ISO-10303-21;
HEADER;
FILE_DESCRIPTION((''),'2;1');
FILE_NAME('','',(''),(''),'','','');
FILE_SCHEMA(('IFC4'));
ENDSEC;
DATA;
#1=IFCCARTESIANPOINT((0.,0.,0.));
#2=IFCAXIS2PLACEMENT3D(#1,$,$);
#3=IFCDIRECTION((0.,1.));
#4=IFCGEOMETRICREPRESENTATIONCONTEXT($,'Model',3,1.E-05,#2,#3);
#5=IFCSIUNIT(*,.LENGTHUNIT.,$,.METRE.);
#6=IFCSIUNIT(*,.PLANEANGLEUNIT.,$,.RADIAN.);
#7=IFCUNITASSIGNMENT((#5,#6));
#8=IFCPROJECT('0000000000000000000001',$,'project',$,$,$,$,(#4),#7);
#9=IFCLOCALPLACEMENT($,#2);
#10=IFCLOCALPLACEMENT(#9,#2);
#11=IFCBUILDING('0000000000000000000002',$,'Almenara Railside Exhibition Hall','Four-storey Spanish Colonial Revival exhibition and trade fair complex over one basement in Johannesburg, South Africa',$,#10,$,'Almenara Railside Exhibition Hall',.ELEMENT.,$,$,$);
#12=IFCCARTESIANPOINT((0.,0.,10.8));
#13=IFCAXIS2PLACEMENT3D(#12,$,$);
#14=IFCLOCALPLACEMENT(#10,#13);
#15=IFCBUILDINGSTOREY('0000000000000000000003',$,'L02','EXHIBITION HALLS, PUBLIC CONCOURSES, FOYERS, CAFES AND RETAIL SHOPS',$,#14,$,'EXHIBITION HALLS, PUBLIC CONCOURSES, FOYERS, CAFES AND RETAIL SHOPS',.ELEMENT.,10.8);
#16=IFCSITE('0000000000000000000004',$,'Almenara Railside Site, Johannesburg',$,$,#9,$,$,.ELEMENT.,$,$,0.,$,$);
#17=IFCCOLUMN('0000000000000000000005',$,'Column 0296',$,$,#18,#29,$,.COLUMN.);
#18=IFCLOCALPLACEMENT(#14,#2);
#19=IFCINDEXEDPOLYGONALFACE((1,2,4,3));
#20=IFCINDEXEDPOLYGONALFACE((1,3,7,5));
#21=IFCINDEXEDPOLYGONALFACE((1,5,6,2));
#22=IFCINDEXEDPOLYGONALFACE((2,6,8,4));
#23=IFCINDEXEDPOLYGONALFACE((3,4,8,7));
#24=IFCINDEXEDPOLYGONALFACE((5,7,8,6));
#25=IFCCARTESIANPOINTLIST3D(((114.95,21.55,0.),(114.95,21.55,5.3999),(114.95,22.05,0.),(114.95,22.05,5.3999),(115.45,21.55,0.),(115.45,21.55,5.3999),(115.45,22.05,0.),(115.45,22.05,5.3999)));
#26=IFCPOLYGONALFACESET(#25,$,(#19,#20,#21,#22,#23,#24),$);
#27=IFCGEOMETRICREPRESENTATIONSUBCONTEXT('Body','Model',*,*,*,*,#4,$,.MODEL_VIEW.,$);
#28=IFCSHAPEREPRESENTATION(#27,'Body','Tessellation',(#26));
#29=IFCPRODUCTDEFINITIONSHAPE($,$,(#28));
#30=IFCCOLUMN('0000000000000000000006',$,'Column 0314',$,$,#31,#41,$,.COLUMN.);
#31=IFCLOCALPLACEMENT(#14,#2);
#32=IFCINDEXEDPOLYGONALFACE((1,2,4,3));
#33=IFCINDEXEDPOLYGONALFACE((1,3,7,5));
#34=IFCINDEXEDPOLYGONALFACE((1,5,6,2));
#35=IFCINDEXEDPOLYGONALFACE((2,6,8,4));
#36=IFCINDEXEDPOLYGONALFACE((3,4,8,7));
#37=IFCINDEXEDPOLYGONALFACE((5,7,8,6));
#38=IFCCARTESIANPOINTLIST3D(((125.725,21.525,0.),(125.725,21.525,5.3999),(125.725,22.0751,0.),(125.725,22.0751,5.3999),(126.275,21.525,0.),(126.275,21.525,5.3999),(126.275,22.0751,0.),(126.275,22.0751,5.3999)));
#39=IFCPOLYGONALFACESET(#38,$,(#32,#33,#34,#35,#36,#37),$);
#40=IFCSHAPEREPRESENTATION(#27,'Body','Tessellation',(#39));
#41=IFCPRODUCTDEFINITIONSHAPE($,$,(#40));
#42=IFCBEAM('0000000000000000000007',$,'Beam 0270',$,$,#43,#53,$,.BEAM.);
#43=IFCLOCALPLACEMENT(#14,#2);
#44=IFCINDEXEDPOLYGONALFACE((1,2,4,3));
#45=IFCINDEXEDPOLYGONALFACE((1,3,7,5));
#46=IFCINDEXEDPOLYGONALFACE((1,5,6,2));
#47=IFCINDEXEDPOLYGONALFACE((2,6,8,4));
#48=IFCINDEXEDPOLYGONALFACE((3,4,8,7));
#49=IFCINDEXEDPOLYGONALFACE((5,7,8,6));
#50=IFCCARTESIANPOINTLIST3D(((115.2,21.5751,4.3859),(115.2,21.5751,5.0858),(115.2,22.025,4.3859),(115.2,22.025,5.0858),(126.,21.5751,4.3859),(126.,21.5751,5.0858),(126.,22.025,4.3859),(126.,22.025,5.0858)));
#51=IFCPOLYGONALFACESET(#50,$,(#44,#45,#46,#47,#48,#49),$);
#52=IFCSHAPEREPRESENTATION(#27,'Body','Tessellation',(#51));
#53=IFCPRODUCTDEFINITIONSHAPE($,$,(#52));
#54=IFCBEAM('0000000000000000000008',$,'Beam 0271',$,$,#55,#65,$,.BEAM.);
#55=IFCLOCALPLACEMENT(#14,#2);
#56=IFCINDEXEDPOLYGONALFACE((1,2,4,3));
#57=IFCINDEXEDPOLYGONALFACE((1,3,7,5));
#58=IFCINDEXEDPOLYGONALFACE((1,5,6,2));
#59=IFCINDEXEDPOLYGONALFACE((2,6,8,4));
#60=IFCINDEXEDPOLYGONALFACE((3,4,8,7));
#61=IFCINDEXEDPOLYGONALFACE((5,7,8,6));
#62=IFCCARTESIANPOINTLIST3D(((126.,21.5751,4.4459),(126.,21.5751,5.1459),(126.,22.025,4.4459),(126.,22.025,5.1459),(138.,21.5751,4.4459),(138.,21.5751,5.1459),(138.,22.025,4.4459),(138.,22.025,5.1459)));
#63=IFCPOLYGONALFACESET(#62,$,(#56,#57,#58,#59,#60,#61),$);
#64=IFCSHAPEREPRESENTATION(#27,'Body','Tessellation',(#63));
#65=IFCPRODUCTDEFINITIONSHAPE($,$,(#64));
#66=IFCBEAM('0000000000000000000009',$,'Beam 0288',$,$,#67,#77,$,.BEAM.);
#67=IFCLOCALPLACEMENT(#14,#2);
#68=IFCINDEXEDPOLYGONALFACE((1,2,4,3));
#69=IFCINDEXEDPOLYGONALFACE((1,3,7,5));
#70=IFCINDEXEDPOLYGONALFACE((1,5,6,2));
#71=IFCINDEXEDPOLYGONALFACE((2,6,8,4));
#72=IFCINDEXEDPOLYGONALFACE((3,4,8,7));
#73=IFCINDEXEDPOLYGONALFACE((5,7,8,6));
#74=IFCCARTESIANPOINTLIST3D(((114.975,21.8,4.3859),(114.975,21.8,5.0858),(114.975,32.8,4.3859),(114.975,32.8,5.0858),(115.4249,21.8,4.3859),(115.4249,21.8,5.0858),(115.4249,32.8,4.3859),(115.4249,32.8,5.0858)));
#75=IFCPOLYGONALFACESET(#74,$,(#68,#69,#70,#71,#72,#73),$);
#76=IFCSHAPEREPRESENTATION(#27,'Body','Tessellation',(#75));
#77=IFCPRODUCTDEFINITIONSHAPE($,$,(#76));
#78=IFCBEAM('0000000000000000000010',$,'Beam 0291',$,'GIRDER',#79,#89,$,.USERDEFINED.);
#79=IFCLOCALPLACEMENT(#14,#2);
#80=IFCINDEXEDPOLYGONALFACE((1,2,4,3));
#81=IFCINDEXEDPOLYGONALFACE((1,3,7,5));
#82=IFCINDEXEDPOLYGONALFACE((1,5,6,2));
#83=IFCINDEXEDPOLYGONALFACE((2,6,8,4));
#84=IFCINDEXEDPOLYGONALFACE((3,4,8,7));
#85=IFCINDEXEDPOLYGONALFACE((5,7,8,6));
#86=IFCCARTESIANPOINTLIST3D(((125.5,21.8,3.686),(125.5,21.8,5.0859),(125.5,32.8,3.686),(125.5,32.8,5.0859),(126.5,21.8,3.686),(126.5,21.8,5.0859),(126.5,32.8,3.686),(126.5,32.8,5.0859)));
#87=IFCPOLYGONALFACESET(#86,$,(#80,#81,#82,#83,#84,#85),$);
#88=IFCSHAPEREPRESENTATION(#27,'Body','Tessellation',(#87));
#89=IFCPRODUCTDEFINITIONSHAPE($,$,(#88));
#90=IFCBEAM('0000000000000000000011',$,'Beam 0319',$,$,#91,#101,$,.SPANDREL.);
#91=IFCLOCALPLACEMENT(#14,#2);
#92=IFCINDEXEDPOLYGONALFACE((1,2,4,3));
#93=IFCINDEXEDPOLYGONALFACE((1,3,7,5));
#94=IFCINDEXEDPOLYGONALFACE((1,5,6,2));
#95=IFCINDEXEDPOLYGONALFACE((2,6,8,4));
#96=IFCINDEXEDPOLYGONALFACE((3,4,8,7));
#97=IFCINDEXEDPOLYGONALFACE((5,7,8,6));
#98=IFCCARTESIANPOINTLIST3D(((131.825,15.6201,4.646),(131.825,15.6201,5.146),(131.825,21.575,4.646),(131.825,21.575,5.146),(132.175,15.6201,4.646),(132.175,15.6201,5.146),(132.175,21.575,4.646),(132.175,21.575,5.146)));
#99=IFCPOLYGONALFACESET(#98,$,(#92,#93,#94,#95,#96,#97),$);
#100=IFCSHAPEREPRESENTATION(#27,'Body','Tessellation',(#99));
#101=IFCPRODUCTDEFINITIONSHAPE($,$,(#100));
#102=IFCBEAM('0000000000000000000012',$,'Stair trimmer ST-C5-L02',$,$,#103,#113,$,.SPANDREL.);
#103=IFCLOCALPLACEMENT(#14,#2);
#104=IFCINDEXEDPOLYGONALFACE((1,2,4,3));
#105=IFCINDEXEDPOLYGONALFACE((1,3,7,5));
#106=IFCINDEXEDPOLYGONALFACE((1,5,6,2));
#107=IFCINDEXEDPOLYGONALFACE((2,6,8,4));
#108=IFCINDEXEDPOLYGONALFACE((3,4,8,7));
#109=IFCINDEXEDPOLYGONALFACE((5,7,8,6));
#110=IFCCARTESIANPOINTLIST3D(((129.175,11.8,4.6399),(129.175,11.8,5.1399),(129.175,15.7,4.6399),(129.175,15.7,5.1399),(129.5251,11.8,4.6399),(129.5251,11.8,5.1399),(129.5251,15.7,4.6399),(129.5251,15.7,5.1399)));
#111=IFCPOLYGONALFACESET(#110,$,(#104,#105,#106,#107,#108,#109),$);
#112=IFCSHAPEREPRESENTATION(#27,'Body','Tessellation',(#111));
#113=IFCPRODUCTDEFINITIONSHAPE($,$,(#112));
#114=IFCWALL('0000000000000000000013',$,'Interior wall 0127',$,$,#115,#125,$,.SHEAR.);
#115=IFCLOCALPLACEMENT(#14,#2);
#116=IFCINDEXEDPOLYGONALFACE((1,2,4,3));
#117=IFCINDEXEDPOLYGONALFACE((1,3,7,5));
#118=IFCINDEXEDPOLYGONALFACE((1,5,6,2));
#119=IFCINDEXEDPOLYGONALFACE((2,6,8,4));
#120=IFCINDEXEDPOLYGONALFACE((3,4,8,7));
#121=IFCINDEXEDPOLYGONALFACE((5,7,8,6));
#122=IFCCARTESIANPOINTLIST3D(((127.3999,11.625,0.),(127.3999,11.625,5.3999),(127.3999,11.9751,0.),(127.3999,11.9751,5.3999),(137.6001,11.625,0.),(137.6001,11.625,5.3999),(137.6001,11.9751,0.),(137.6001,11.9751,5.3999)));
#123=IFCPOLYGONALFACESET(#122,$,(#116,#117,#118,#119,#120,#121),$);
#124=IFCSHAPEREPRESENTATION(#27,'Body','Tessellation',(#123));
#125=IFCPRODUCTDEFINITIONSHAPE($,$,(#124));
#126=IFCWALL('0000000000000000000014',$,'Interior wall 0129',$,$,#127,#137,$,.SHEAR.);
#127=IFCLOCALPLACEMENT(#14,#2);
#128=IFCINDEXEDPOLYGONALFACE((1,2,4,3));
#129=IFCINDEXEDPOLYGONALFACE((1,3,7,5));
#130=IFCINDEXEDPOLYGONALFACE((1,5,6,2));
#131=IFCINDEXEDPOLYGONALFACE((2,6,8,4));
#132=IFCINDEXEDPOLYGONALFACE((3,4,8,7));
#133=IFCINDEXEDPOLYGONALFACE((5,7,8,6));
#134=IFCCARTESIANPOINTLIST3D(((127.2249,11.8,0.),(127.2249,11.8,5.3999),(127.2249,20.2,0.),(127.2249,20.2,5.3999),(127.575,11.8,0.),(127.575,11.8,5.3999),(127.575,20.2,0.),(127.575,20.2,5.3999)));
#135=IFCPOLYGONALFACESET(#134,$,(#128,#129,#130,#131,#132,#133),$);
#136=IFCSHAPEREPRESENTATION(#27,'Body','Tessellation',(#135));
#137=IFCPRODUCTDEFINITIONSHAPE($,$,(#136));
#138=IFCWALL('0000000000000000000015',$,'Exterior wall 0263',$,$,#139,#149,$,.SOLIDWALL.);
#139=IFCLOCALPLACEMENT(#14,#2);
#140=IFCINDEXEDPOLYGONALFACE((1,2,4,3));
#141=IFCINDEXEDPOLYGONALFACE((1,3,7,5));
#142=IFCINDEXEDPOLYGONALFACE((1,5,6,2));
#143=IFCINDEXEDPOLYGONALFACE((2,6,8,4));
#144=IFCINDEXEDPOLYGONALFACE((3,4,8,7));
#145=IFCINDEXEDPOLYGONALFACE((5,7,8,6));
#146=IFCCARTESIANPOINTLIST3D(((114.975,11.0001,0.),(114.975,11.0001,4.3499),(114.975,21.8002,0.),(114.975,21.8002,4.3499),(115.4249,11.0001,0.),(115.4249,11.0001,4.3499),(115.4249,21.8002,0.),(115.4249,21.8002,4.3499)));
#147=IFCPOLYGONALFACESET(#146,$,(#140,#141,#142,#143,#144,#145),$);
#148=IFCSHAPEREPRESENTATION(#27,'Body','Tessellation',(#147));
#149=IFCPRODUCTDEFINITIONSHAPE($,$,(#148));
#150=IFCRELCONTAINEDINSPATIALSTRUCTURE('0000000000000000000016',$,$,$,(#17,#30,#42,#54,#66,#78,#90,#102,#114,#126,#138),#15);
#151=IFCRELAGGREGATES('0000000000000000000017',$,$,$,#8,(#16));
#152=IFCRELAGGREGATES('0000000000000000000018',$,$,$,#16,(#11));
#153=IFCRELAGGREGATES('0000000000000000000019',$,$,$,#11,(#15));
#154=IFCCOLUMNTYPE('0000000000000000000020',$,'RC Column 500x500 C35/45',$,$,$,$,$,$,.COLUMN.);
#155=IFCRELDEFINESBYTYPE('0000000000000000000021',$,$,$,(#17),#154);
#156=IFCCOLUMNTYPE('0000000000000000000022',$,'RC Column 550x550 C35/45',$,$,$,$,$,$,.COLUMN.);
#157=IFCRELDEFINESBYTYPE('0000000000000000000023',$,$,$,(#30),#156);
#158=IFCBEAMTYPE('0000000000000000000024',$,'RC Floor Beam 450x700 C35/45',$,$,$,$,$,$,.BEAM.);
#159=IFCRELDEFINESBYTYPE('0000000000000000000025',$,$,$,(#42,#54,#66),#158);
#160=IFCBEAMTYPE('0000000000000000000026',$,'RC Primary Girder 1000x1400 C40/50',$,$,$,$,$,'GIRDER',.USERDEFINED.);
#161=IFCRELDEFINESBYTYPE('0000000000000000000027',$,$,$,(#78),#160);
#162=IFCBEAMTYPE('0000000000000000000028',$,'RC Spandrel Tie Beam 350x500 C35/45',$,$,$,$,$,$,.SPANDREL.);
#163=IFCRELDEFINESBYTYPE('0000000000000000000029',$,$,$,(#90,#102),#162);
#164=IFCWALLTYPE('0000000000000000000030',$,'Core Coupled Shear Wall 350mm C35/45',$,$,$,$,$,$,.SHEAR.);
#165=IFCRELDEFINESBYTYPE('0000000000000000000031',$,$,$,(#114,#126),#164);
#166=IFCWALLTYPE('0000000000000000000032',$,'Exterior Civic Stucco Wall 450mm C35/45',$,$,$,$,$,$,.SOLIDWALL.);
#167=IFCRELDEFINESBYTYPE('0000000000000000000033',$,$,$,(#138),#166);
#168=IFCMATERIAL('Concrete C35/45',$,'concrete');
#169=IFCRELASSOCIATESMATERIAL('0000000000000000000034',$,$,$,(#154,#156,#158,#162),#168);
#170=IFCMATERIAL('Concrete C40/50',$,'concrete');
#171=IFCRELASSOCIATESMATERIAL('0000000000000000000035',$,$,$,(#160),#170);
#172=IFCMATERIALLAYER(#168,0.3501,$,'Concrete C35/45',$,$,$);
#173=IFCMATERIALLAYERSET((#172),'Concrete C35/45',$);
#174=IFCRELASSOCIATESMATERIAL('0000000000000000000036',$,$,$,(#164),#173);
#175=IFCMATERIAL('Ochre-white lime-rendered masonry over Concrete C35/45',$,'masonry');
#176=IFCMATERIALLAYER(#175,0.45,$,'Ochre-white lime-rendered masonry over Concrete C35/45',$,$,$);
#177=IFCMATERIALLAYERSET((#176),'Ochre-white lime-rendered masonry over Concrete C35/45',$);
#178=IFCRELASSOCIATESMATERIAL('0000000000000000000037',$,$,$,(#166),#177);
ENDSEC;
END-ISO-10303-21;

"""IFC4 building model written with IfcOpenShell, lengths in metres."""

from ifc_helpers import new_model, si_unit, direction, frame, frame_2d, origin, origin_2d, place, context, subcontext, project, spatial, rectangle, extrude, material, layer, layer_set, material_profile, profile_set, type_object, element, save


model = new_model("IFC4")

# Units and contexts
model_context = context("Model", 3, precision=1e-05, world=origin(), true_north=direction((0.0, 1.0)))
body_context = subcontext(model_context, "Body", "Model", "MODEL_VIEW")
ifc_project = project(units=[si_unit("LENGTHUNIT", "METRE"), si_unit("PLANEANGLEUNIT", "RADIAN")], contexts=[model_context])

# Site, building, storey
site_placement = place(None, origin())
site = spatial("IfcSite", under=ifc_project, at=site_placement, Name="Almenara Railside Site, Johannesburg", CompositionType="ELEMENT", RefElevation=0.0)
building_placement = place(site_placement, origin())
building = spatial("IfcBuilding", under=site, at=building_placement, Name="Almenara Railside Exhibition Hall", Description="Four-storey Spanish Colonial Revival exhibition and trade fair complex over one basement in Johannesburg, South Africa", LongName="Almenara Railside Exhibition Hall", CompositionType="ELEMENT")
storey_placement = place(building_placement, frame((0.0, 0.0, 10.8)))
storey = spatial("IfcBuildingStorey", under=building, at=storey_placement, Name="L02", Description="EXHIBITION HALLS, PUBLIC CONCOURSES, FOYERS, CAFES AND RETAIL SHOPS", LongName="EXHIBITION HALLS, PUBLIC CONCOURSES, FOYERS, CAFES AND RETAIL SHOPS", CompositionType="ELEMENT", Elevation=10.8)

# Columns
ifc_material_1 = material(Name="Concrete C35/45", Category="concrete")
ifc_material_profile_1 = material_profile(ifc_material_1, rectangle(XDim=0.5, YDim=0.5, at=origin_2d()), Name="RC 500x500")
ifc_profile_set_1 = profile_set([ifc_material_profile_1], Name="Concrete C35/45")
column_type_1 = type_object("IfcColumnType", Name="RC Column 500x500 C35/45", PredefinedType="COLUMN", material=ifc_profile_set_1)
column_1_placement = place(storey_placement, frame((115.2, 21.8, 0.0), z_axis=(0.0, 0.0, 1.0), x_axis=(1.0, 0.0, 0.0)))
element("IfcColumn", 1, at=column_1_placement, inside=storey, type_object=column_type_1, Name="Column 0296", PredefinedType="COLUMN", context=body_context, shape_type="SweptSolid", body=[
    extrude(rectangle(XDim=0.5, YDim=0.5, at=origin_2d()), origin(), (0.0, 0.0, 1.0), 5.3999),
])
ifc_material_profile_2 = material_profile(ifc_material_1, rectangle(XDim=0.55, YDim=0.55, at=origin_2d()), Name="RC 550x550")
ifc_profile_set_2 = profile_set([ifc_material_profile_2], Name="Concrete C35/45")
column_type_2 = type_object("IfcColumnType", Name="RC Column 550x550 C35/45", PredefinedType="COLUMN", material=ifc_profile_set_2)
column_2_placement = place(storey_placement, frame((126.0, 21.8, 0.0), z_axis=(0.0, 0.0, 1.0), x_axis=(1.0, 0.0, 0.0)))
element("IfcColumn", 2, at=column_2_placement, inside=storey, type_object=column_type_2, Name="Column 0314", PredefinedType="COLUMN", context=body_context, shape_type="SweptSolid", body=[
    extrude(rectangle(XDim=0.55, YDim=0.55, at=origin_2d()), origin(), (0.0, 0.0, 1.0), 5.3999),
])

# Beams
ifc_material_profile_3 = material_profile(ifc_material_1, rectangle(XDim=0.45, YDim=0.7, at=origin_2d()), Name="RC 450x700")
ifc_profile_set_3 = profile_set([ifc_material_profile_3], Name="Concrete C35/45")
beam_type_1 = type_object("IfcBeamType", Name="RC Floor Beam 450x700 C35/45", PredefinedType="BEAM", material=ifc_profile_set_3)
beam_1_placement = place(storey_placement, frame((115.2, 21.8, 4.7358), z_axis=(1.0, 0.0, 0.0), x_axis=(0.0, 1.0, 0.0)))
element("IfcBeam", 3, at=beam_1_placement, inside=storey, type_object=beam_type_1, Name="Beam 0270", PredefinedType="BEAM", context=body_context, shape_type="SweptSolid", body=[
    extrude(rectangle(XDim=0.45, YDim=0.7, at=origin_2d()), origin(), (0.0, 0.0, 1.0), 10.8),
])
beam_2_placement = place(storey_placement, frame((126.0, 21.8, 4.7959), z_axis=(1.0, 0.0, 0.0), x_axis=(0.0, 1.0, 0.0)))
element("IfcBeam", 4, at=beam_2_placement, inside=storey, type_object=beam_type_1, Name="Beam 0271", PredefinedType="BEAM", context=body_context, shape_type="SweptSolid", body=[
    extrude(rectangle(XDim=0.45, YDim=0.7, at=origin_2d()), origin(), (0.0, 0.0, 1.0), 12.0),
])
beam_3_placement = place(storey_placement, frame((115.2, 21.8, 4.7358), z_axis=(0.0, 1.0, 0.0), x_axis=(-1.0, 0.0, 0.0)))
element("IfcBeam", 5, at=beam_3_placement, inside=storey, type_object=beam_type_1, Name="Beam 0288", PredefinedType="BEAM", context=body_context, shape_type="SweptSolid", body=[
    extrude(rectangle(XDim=0.45, YDim=0.7, at=origin_2d()), origin(), (0.0, 0.0, 1.0), 11.0),
])
ifc_material_2 = material(Name="Concrete C40/50", Category="concrete")
ifc_material_profile_4 = material_profile(ifc_material_2, rectangle(XDim=1.0, YDim=1.3999, at=origin_2d()), Name="RC 1000x1400")
ifc_profile_set_4 = profile_set([ifc_material_profile_4], Name="Concrete C40/50")
beam_type_2 = type_object("IfcBeamType", Name="RC Primary Girder 1000x1400 C40/50", ElementType="GIRDER", PredefinedType="USERDEFINED", material=ifc_profile_set_4)
beam_4_placement = place(storey_placement, frame((126.0, 21.8, 4.386), z_axis=(0.0, 1.0, 0.0), x_axis=(-1.0, 0.0, 0.0)))
element("IfcBeam", 6, at=beam_4_placement, inside=storey, type_object=beam_type_2, Name="Beam 0291", ObjectType="GIRDER", PredefinedType="USERDEFINED", context=body_context, shape_type="SweptSolid", body=[
    extrude(rectangle(XDim=1.0, YDim=1.3999, at=origin_2d()), origin(), (0.0, 0.0, 1.0), 11.0),
])
ifc_material_profile_5 = material_profile(ifc_material_1, rectangle(XDim=0.3501, YDim=0.5, at=origin_2d()), Name="RC 350x500")
ifc_profile_set_5 = profile_set([ifc_material_profile_5], Name="Concrete C35/45")
beam_type_3 = type_object("IfcBeamType", Name="RC Spandrel Tie Beam 350x500 C35/45", PredefinedType="SPANDREL", material=ifc_profile_set_5)
beam_5_placement = place(storey_placement, frame((132.0, 15.6201, 4.896), z_axis=(0.0, 1.0, 0.0), x_axis=(-1.0, 0.0, 0.0)))
element("IfcBeam", 7, at=beam_5_placement, inside=storey, type_object=beam_type_3, Name="Beam 0319", PredefinedType="SPANDREL", context=body_context, shape_type="SweptSolid", body=[
    extrude(rectangle(XDim=0.3501, YDim=0.5, at=origin_2d()), origin(), (0.0, 0.0, 1.0), 5.9548),
])
beam_6_placement = place(storey_placement, frame((129.3501, 11.8, 4.8899), z_axis=(0.0, 1.0, 0.0), x_axis=(-1.0, 0.0, 0.0)))
element("IfcBeam", 8, at=beam_6_placement, inside=storey, type_object=beam_type_3, Name="Stair trimmer ST-C5-L02", PredefinedType="SPANDREL", context=body_context, shape_type="SweptSolid", body=[
    extrude(rectangle(XDim=0.3501, YDim=0.5, at=origin_2d()), origin(), (0.0, 0.0, 1.0), 3.8999),
])

# Walls
ifc_layer_1 = layer(ifc_material_1, 0.3501, Name="Concrete C35/45")
ifc_layer_set_1 = layer_set([ifc_layer_1], Name="Concrete C35/45")
wall_type_1 = type_object("IfcWallType", Name="Core Coupled Shear Wall 350mm C35/45", PredefinedType="SHEAR", material=ifc_layer_set_1)
wall_1_placement = place(storey_placement, frame((127.3999, 11.8, 0.0), z_axis=(0.0, 0.0, 1.0), x_axis=(1.0, 0.0, 0.0)))
element("IfcWall", 9, at=wall_1_placement, inside=storey, type_object=wall_type_1, Name="Interior wall 0127", PredefinedType="SHEAR", context=body_context, shape_type="SweptSolid", body=[
    extrude(rectangle(XDim=10.2002, YDim=0.3501, at=frame_2d((5.1001, 0.0))), origin(), (0.0, 0.0, 1.0), 5.3999),
])
wall_2_placement = place(storey_placement, frame((127.3999, 20.2, 0.0), z_axis=(0.0, 0.0, 1.0), x_axis=(0.0, -1.0, 0.0)))
element("IfcWall", 10, at=wall_2_placement, inside=storey, type_object=wall_type_1, Name="Interior wall 0129", PredefinedType="SHEAR", context=body_context, shape_type="SweptSolid", body=[
    extrude(rectangle(XDim=8.3999, YDim=0.3501, at=frame_2d((4.2, 0.0))), origin(), (0.0, 0.0, 1.0), 5.3999),
])
ifc_material_3 = material(Name="Ochre-white lime-rendered masonry over Concrete C35/45", Category="masonry")
ifc_layer_2 = layer(ifc_material_3, 0.45, Name="Ochre-white lime-rendered masonry over Concrete C35/45")
ifc_layer_set_2 = layer_set([ifc_layer_2], Name="Ochre-white lime-rendered masonry over Concrete C35/45")
wall_type_2 = type_object("IfcWallType", Name="Exterior Civic Stucco Wall 450mm C35/45", PredefinedType="SOLIDWALL", material=ifc_layer_set_2)
wall_3_placement = place(storey_placement, frame((115.2, 21.8, 0.0), z_axis=(0.0, 0.0, 1.0), x_axis=(0.0, -1.0, 0.0)))
element("IfcWall", 11, at=wall_3_placement, inside=storey, type_object=wall_type_2, Name="Exterior wall 0263", PredefinedType="SOLIDWALL", context=body_context, shape_type="SweptSolid", body=[
    extrude(rectangle(XDim=10.8, YDim=0.45, at=frame_2d((5.3999, 0.0))), origin(), (0.0, 0.0, 1.0), 4.3499),
])

save(model, "model.ifc")
